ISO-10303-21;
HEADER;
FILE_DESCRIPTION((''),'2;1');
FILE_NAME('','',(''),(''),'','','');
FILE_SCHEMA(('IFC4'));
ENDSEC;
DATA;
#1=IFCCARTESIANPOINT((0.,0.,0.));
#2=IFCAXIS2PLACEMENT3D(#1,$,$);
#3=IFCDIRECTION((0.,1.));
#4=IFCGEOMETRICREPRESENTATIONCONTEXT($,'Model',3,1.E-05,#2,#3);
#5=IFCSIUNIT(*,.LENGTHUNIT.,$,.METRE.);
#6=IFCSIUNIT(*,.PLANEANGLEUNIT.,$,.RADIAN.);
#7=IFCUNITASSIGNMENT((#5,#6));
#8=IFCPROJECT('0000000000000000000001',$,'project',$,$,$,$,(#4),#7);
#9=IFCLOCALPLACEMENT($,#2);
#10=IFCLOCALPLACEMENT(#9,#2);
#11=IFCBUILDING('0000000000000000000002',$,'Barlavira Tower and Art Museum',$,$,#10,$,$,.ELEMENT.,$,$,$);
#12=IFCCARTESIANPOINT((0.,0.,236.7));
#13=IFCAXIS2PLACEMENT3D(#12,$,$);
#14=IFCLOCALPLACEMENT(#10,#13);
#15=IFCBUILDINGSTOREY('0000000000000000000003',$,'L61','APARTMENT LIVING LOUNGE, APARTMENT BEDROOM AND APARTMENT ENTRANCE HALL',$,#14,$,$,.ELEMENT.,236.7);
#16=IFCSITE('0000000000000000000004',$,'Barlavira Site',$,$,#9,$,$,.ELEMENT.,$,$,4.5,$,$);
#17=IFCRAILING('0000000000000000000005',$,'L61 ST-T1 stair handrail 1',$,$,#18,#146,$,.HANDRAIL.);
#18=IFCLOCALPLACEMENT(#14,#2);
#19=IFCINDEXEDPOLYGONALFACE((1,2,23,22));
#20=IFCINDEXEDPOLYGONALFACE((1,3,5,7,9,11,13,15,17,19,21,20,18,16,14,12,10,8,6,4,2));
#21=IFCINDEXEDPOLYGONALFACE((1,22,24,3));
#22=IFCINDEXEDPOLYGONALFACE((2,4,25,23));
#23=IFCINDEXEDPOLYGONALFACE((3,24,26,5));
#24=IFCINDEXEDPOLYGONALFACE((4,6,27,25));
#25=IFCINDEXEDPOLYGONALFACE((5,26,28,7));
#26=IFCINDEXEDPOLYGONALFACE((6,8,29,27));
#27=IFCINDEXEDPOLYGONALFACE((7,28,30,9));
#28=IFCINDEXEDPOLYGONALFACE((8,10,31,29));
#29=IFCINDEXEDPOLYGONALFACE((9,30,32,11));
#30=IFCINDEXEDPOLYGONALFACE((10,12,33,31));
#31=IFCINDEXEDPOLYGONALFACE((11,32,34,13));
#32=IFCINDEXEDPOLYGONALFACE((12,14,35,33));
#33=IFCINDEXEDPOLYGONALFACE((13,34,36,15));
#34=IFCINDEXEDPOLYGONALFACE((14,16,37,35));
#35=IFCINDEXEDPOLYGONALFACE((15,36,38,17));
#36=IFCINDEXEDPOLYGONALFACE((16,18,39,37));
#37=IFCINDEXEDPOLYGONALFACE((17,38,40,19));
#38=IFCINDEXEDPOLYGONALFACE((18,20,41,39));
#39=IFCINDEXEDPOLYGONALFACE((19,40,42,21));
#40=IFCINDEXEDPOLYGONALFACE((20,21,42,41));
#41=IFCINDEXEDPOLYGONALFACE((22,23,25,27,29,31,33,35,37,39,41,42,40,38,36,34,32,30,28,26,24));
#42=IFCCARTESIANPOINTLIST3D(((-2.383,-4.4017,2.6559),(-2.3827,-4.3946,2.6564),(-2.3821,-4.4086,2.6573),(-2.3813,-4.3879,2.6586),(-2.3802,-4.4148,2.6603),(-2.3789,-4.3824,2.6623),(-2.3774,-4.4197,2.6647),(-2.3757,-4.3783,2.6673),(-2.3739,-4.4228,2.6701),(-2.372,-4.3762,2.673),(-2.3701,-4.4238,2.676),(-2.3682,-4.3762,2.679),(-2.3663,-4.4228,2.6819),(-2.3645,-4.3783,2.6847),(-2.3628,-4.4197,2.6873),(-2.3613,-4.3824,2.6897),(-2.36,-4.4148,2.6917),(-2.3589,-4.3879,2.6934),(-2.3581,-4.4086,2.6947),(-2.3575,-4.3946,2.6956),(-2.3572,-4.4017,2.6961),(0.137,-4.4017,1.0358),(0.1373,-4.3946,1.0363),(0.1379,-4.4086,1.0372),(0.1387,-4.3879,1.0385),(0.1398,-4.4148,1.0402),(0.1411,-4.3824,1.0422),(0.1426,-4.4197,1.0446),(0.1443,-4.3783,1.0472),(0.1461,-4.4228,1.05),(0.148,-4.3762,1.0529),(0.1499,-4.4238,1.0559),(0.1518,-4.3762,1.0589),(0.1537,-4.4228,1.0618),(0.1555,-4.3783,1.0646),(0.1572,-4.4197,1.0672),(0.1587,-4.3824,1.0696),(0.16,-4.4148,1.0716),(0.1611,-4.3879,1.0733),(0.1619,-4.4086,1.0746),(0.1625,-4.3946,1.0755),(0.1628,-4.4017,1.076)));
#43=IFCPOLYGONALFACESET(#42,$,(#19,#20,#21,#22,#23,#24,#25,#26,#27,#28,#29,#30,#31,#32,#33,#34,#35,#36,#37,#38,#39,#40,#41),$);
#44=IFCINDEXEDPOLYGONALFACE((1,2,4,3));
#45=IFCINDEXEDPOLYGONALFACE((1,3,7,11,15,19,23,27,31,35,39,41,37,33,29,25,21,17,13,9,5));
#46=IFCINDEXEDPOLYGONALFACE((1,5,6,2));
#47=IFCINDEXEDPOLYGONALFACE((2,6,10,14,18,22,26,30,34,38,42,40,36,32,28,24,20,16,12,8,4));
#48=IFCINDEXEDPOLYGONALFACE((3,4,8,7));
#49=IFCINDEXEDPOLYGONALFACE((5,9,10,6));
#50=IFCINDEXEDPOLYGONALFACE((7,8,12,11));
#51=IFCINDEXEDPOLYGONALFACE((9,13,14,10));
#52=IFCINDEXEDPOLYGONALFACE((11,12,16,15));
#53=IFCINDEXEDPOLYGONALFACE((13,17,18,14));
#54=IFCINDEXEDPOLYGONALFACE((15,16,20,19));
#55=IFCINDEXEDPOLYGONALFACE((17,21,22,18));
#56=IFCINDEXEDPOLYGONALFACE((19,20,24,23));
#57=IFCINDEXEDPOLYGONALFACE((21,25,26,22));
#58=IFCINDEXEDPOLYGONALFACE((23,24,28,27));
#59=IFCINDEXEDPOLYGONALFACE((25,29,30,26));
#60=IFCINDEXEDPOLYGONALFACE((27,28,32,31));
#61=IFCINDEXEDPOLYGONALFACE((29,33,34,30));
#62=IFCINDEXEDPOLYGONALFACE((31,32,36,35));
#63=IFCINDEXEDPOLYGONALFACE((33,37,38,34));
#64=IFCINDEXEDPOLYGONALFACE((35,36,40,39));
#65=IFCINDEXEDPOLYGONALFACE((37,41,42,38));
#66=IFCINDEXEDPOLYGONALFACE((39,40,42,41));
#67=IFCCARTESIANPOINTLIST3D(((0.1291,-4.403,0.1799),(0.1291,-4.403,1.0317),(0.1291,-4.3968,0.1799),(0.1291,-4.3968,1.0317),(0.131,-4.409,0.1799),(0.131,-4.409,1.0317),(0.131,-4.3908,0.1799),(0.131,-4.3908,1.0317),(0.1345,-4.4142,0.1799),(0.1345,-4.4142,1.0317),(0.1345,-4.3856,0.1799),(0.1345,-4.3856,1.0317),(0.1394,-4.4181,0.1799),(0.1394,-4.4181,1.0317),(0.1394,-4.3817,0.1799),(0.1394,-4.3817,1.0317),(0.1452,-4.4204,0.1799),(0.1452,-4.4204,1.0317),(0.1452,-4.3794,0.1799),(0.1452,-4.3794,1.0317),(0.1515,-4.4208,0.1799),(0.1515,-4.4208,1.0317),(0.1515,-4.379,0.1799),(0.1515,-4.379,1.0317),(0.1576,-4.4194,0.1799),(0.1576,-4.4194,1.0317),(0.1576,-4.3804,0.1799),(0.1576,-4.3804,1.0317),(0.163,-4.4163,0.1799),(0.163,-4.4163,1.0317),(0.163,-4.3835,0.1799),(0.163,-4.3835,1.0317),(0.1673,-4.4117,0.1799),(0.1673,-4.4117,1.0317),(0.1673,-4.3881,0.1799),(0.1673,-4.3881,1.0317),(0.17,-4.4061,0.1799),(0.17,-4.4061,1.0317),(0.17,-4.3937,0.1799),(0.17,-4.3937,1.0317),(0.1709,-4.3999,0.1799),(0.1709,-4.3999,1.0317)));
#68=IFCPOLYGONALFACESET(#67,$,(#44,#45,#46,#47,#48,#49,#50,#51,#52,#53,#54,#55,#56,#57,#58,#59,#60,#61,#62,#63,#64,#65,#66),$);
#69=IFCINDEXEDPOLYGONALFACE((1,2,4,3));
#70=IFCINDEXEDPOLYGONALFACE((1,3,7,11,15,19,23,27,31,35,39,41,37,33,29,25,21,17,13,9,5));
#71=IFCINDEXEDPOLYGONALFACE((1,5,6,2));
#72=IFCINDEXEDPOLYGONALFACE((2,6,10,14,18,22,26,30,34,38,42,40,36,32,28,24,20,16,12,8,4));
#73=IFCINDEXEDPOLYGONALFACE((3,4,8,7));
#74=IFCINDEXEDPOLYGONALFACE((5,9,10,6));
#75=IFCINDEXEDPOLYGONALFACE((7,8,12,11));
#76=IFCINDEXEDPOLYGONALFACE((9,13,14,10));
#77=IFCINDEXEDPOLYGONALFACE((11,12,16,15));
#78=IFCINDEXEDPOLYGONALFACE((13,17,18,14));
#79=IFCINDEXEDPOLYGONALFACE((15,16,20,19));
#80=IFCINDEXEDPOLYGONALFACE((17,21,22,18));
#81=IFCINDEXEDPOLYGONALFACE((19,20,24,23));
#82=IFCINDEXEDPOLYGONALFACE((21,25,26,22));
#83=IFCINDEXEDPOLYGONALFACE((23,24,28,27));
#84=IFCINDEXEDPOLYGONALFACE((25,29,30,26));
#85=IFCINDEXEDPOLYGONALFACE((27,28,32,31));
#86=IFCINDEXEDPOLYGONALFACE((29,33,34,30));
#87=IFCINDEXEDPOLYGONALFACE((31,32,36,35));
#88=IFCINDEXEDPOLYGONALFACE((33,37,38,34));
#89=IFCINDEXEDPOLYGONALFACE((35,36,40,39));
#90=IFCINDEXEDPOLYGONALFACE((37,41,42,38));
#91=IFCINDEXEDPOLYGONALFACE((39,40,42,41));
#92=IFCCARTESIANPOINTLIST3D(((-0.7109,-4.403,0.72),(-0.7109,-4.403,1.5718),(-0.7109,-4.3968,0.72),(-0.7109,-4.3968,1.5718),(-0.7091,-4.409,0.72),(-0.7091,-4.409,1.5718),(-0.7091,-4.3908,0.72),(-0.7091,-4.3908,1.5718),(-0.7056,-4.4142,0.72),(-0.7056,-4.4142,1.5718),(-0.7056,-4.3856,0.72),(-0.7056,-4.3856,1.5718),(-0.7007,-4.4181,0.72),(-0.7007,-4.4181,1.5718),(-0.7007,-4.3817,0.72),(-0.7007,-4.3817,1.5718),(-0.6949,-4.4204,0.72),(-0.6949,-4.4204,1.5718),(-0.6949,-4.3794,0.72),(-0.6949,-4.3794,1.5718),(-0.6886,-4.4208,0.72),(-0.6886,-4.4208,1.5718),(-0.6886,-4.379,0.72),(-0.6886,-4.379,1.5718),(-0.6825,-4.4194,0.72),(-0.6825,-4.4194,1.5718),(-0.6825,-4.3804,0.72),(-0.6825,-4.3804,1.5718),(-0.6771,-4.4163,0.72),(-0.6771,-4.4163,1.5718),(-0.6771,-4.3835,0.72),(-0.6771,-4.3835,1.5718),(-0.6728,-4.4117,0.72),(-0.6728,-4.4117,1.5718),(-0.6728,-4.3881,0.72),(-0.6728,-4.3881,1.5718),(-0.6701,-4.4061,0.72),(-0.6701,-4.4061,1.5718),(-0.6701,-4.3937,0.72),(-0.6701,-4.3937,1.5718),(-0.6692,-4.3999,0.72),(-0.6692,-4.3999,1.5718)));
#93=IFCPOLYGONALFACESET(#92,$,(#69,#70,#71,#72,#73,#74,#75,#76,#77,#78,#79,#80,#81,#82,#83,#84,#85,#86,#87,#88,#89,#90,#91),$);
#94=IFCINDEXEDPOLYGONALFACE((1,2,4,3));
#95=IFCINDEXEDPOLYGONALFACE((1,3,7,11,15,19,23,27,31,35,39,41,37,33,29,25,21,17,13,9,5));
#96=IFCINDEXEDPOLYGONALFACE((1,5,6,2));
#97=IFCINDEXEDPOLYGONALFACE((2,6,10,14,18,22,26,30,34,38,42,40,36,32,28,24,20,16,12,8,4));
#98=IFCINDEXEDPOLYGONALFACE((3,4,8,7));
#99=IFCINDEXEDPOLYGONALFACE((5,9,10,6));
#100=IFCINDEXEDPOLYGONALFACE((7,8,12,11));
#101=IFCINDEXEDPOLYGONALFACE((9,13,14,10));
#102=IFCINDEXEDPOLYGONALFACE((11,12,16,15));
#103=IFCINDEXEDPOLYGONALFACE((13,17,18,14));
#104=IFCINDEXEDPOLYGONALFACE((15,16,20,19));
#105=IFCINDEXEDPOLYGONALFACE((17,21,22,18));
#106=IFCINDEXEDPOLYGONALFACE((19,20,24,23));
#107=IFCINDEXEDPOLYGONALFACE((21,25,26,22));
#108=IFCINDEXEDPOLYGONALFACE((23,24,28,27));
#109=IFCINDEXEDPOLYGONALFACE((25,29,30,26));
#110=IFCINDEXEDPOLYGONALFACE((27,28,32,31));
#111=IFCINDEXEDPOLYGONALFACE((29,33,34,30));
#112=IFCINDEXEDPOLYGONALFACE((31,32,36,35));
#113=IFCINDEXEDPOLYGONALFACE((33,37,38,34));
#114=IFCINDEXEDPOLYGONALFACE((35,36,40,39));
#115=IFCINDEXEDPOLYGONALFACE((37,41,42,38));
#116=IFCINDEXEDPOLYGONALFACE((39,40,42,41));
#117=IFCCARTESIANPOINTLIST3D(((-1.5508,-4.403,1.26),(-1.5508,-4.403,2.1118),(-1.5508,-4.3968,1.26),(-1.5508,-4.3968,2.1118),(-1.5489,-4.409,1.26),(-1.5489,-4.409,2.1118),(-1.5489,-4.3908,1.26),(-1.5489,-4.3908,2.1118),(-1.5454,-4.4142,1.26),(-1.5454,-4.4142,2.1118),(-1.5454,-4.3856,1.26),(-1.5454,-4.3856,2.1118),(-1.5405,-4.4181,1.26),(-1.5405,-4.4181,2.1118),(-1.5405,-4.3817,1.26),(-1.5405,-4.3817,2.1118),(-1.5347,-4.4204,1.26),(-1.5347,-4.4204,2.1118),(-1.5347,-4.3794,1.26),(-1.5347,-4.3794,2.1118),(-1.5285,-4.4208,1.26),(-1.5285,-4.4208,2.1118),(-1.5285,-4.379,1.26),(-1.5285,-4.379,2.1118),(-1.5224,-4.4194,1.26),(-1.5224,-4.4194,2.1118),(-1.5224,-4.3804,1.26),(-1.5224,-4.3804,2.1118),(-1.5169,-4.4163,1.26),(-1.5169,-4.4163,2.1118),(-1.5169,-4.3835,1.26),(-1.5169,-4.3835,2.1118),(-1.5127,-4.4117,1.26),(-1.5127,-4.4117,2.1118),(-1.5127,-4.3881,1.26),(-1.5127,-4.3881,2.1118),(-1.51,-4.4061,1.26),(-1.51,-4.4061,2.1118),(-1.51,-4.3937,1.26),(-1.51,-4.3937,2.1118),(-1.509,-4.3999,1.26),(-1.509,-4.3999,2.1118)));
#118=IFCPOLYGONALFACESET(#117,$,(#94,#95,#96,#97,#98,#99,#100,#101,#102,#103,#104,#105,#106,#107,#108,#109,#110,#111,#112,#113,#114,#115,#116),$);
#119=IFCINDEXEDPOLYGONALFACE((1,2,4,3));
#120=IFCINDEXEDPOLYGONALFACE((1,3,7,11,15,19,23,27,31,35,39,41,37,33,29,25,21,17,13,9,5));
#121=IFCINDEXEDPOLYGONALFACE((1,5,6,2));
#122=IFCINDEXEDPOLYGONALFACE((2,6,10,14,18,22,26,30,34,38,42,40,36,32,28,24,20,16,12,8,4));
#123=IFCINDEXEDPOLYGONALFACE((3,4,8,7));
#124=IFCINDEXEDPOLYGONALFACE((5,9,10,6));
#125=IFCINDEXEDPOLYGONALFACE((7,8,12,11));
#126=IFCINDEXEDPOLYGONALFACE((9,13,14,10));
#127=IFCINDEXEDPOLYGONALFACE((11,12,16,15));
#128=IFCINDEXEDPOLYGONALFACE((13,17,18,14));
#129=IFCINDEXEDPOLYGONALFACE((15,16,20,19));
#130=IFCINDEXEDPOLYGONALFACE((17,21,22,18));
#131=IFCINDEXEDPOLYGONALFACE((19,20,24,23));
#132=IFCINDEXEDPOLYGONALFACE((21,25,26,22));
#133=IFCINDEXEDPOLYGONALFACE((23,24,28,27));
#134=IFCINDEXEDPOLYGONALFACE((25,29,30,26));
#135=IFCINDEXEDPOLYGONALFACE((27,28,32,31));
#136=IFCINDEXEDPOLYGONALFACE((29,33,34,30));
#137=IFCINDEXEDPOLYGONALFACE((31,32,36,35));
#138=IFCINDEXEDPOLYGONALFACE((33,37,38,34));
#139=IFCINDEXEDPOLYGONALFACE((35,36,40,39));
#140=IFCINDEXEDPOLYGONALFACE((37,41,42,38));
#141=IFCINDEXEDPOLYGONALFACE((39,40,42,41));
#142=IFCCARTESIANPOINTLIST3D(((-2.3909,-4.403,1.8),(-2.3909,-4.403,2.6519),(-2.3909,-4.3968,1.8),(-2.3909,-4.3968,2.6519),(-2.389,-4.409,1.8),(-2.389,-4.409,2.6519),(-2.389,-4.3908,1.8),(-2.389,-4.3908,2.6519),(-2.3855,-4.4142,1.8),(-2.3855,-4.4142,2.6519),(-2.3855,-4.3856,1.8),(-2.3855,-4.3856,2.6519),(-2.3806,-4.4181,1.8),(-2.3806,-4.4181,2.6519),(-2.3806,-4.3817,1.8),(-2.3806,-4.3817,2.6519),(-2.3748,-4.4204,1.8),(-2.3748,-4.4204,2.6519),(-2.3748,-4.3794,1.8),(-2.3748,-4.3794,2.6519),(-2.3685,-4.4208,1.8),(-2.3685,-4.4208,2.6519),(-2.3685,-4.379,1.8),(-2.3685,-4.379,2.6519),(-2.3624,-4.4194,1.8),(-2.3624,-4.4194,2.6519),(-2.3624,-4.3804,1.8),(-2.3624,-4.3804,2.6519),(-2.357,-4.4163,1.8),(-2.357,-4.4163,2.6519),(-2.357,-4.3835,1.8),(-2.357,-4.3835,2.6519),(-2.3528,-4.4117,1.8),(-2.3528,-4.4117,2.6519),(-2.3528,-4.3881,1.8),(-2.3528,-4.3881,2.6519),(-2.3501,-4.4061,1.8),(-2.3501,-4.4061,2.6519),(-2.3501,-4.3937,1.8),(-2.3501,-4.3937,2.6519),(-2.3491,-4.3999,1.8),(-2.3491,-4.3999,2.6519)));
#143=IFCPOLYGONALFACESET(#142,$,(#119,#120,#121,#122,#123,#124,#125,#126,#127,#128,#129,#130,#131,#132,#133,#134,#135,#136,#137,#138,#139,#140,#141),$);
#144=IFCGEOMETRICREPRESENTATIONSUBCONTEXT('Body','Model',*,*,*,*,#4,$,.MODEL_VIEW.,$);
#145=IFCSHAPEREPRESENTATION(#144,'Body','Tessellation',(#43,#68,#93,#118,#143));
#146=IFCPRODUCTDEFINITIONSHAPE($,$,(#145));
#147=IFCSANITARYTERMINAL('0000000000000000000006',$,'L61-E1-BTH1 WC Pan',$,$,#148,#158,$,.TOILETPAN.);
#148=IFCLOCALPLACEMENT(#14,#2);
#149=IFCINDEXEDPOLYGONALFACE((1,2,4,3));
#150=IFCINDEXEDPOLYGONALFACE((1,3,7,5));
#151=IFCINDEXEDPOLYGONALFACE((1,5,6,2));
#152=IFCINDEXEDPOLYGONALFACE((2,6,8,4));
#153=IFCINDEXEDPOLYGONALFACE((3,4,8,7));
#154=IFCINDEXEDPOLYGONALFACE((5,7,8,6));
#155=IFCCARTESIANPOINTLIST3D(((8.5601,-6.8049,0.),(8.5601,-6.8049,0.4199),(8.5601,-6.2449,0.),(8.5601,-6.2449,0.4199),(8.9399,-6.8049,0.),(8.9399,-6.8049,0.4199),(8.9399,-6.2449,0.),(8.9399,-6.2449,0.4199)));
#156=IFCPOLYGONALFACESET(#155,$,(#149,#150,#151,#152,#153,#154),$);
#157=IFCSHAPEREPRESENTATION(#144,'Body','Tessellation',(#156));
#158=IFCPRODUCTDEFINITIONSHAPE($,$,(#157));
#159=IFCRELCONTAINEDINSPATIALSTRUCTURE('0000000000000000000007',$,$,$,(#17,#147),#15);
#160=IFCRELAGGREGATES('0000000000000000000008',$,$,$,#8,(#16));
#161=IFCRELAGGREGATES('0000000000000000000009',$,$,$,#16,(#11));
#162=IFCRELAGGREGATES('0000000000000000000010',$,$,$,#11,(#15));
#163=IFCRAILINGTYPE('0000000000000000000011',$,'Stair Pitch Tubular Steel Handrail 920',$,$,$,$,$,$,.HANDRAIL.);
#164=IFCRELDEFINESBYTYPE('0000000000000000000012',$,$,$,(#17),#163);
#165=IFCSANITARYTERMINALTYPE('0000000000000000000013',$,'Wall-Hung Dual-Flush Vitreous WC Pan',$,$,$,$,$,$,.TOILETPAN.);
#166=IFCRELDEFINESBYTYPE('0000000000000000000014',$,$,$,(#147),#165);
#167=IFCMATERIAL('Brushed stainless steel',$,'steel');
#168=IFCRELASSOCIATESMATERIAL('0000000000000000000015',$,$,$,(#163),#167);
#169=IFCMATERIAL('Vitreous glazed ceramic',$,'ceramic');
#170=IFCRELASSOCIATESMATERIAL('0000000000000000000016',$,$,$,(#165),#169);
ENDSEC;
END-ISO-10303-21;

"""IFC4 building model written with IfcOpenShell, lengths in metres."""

from ifc_helpers import new_model, si_unit, direction, frame, origin, origin_2d, place, context, subcontext, project, spatial, rectangle, circle, extrude, material, type_object, element, save


model = new_model("IFC4")

# Units and contexts
model_context = context("Model", 3, precision=1e-05, world=origin(), true_north=direction((0.0, 1.0)))
body_context = subcontext(model_context, "Body", "Model", "MODEL_VIEW")
ifc_project = project(units=[si_unit("LENGTHUNIT", "METRE"), si_unit("PLANEANGLEUNIT", "RADIAN")], contexts=[model_context])

# Site, building, storey
site_placement = place(None, origin())
site = spatial("IfcSite", under=ifc_project, at=site_placement, Name="Barlavira Site", CompositionType="ELEMENT", RefElevation=4.5)
building_placement = place(site_placement, origin())
building = spatial("IfcBuilding", under=site, at=building_placement, Name="Barlavira Tower and Art Museum", CompositionType="ELEMENT")
storey_placement = place(building_placement, frame((0.0, 0.0, 236.7)))
storey = spatial("IfcBuildingStorey", under=building, at=storey_placement, Name="L61", Description="APARTMENT LIVING LOUNGE, APARTMENT BEDROOM AND APARTMENT ENTRANCE HALL", CompositionType="ELEMENT", Elevation=236.7)

# Shared definitions
ifc_material_1 = material(Name="Brushed stainless steel", Category="steel")

# Railing
railing_type_1 = type_object("IfcRailingType", Name="Stair Pitch Tubular Steel Handrail 920", PredefinedType="HANDRAIL", material=ifc_material_1)
railing_1_placement = place(storey_placement, frame((0.1499, -4.3999, 0.1799)))
element("IfcRailing", 1, at=railing_1_placement, inside=storey, type_object=railing_type_1, Name="L61 ST-T1 stair handrail 1", PredefinedType="HANDRAIL", context=body_context, shape_type="SweptSolid", body=[
    extrude(circle(Radius=0.0239, at=origin_2d()), frame((0.0, 0.0, 0.876), z_axis=(-0.841163, 0.0, 0.540782), x_axis=(0.0, -1.0, 0.0)), (0.0, 0.0, 1.0), 2.9958),
    extrude(circle(Radius=0.021, at=origin_2d()), origin(), (0.0, 0.0, 1.0), 0.8518),
    extrude(circle(Radius=0.021, at=origin_2d()), frame((-0.8401, 0.0, 0.54)), (0.0, 0.0, 1.0), 0.8518),
    extrude(circle(Radius=0.021, at=origin_2d()), frame((-1.6799, 0.0, 1.0801)), (0.0, 0.0, 1.0), 0.8518),
    extrude(circle(Radius=0.021, at=origin_2d()), frame((-2.52, 0.0, 1.6201)), (0.0, 0.0, 1.0), 0.8518),
])

# Sanitary terminal
ifc_material_2 = material(Name="Vitreous glazed ceramic", Category="ceramic")
sanitary_terminal_type = type_object("IfcSanitaryTerminalType", Name="Wall-Hung Dual-Flush Vitreous WC Pan", PredefinedType="TOILETPAN", material=ifc_material_2)
sanitary_terminal_placement = place(storey_placement, frame((8.75, -6.5249, 0.0), z_axis=(0.0, 0.0, 1.0), x_axis=(1.0, 0.0, 0.0)))
element("IfcSanitaryTerminal", 2, at=sanitary_terminal_placement, inside=storey, type_object=sanitary_terminal_type, Name="L61-E1-BTH1 WC Pan", PredefinedType="TOILETPAN", context=body_context, shape_type="SweptSolid", body=[
    extrude(rectangle(XDim=0.3799, YDim=0.5601, at=origin_2d()), origin(), (0.0, 0.0, 1.0), 0.4199),
])

save(model, "model.ifc")
